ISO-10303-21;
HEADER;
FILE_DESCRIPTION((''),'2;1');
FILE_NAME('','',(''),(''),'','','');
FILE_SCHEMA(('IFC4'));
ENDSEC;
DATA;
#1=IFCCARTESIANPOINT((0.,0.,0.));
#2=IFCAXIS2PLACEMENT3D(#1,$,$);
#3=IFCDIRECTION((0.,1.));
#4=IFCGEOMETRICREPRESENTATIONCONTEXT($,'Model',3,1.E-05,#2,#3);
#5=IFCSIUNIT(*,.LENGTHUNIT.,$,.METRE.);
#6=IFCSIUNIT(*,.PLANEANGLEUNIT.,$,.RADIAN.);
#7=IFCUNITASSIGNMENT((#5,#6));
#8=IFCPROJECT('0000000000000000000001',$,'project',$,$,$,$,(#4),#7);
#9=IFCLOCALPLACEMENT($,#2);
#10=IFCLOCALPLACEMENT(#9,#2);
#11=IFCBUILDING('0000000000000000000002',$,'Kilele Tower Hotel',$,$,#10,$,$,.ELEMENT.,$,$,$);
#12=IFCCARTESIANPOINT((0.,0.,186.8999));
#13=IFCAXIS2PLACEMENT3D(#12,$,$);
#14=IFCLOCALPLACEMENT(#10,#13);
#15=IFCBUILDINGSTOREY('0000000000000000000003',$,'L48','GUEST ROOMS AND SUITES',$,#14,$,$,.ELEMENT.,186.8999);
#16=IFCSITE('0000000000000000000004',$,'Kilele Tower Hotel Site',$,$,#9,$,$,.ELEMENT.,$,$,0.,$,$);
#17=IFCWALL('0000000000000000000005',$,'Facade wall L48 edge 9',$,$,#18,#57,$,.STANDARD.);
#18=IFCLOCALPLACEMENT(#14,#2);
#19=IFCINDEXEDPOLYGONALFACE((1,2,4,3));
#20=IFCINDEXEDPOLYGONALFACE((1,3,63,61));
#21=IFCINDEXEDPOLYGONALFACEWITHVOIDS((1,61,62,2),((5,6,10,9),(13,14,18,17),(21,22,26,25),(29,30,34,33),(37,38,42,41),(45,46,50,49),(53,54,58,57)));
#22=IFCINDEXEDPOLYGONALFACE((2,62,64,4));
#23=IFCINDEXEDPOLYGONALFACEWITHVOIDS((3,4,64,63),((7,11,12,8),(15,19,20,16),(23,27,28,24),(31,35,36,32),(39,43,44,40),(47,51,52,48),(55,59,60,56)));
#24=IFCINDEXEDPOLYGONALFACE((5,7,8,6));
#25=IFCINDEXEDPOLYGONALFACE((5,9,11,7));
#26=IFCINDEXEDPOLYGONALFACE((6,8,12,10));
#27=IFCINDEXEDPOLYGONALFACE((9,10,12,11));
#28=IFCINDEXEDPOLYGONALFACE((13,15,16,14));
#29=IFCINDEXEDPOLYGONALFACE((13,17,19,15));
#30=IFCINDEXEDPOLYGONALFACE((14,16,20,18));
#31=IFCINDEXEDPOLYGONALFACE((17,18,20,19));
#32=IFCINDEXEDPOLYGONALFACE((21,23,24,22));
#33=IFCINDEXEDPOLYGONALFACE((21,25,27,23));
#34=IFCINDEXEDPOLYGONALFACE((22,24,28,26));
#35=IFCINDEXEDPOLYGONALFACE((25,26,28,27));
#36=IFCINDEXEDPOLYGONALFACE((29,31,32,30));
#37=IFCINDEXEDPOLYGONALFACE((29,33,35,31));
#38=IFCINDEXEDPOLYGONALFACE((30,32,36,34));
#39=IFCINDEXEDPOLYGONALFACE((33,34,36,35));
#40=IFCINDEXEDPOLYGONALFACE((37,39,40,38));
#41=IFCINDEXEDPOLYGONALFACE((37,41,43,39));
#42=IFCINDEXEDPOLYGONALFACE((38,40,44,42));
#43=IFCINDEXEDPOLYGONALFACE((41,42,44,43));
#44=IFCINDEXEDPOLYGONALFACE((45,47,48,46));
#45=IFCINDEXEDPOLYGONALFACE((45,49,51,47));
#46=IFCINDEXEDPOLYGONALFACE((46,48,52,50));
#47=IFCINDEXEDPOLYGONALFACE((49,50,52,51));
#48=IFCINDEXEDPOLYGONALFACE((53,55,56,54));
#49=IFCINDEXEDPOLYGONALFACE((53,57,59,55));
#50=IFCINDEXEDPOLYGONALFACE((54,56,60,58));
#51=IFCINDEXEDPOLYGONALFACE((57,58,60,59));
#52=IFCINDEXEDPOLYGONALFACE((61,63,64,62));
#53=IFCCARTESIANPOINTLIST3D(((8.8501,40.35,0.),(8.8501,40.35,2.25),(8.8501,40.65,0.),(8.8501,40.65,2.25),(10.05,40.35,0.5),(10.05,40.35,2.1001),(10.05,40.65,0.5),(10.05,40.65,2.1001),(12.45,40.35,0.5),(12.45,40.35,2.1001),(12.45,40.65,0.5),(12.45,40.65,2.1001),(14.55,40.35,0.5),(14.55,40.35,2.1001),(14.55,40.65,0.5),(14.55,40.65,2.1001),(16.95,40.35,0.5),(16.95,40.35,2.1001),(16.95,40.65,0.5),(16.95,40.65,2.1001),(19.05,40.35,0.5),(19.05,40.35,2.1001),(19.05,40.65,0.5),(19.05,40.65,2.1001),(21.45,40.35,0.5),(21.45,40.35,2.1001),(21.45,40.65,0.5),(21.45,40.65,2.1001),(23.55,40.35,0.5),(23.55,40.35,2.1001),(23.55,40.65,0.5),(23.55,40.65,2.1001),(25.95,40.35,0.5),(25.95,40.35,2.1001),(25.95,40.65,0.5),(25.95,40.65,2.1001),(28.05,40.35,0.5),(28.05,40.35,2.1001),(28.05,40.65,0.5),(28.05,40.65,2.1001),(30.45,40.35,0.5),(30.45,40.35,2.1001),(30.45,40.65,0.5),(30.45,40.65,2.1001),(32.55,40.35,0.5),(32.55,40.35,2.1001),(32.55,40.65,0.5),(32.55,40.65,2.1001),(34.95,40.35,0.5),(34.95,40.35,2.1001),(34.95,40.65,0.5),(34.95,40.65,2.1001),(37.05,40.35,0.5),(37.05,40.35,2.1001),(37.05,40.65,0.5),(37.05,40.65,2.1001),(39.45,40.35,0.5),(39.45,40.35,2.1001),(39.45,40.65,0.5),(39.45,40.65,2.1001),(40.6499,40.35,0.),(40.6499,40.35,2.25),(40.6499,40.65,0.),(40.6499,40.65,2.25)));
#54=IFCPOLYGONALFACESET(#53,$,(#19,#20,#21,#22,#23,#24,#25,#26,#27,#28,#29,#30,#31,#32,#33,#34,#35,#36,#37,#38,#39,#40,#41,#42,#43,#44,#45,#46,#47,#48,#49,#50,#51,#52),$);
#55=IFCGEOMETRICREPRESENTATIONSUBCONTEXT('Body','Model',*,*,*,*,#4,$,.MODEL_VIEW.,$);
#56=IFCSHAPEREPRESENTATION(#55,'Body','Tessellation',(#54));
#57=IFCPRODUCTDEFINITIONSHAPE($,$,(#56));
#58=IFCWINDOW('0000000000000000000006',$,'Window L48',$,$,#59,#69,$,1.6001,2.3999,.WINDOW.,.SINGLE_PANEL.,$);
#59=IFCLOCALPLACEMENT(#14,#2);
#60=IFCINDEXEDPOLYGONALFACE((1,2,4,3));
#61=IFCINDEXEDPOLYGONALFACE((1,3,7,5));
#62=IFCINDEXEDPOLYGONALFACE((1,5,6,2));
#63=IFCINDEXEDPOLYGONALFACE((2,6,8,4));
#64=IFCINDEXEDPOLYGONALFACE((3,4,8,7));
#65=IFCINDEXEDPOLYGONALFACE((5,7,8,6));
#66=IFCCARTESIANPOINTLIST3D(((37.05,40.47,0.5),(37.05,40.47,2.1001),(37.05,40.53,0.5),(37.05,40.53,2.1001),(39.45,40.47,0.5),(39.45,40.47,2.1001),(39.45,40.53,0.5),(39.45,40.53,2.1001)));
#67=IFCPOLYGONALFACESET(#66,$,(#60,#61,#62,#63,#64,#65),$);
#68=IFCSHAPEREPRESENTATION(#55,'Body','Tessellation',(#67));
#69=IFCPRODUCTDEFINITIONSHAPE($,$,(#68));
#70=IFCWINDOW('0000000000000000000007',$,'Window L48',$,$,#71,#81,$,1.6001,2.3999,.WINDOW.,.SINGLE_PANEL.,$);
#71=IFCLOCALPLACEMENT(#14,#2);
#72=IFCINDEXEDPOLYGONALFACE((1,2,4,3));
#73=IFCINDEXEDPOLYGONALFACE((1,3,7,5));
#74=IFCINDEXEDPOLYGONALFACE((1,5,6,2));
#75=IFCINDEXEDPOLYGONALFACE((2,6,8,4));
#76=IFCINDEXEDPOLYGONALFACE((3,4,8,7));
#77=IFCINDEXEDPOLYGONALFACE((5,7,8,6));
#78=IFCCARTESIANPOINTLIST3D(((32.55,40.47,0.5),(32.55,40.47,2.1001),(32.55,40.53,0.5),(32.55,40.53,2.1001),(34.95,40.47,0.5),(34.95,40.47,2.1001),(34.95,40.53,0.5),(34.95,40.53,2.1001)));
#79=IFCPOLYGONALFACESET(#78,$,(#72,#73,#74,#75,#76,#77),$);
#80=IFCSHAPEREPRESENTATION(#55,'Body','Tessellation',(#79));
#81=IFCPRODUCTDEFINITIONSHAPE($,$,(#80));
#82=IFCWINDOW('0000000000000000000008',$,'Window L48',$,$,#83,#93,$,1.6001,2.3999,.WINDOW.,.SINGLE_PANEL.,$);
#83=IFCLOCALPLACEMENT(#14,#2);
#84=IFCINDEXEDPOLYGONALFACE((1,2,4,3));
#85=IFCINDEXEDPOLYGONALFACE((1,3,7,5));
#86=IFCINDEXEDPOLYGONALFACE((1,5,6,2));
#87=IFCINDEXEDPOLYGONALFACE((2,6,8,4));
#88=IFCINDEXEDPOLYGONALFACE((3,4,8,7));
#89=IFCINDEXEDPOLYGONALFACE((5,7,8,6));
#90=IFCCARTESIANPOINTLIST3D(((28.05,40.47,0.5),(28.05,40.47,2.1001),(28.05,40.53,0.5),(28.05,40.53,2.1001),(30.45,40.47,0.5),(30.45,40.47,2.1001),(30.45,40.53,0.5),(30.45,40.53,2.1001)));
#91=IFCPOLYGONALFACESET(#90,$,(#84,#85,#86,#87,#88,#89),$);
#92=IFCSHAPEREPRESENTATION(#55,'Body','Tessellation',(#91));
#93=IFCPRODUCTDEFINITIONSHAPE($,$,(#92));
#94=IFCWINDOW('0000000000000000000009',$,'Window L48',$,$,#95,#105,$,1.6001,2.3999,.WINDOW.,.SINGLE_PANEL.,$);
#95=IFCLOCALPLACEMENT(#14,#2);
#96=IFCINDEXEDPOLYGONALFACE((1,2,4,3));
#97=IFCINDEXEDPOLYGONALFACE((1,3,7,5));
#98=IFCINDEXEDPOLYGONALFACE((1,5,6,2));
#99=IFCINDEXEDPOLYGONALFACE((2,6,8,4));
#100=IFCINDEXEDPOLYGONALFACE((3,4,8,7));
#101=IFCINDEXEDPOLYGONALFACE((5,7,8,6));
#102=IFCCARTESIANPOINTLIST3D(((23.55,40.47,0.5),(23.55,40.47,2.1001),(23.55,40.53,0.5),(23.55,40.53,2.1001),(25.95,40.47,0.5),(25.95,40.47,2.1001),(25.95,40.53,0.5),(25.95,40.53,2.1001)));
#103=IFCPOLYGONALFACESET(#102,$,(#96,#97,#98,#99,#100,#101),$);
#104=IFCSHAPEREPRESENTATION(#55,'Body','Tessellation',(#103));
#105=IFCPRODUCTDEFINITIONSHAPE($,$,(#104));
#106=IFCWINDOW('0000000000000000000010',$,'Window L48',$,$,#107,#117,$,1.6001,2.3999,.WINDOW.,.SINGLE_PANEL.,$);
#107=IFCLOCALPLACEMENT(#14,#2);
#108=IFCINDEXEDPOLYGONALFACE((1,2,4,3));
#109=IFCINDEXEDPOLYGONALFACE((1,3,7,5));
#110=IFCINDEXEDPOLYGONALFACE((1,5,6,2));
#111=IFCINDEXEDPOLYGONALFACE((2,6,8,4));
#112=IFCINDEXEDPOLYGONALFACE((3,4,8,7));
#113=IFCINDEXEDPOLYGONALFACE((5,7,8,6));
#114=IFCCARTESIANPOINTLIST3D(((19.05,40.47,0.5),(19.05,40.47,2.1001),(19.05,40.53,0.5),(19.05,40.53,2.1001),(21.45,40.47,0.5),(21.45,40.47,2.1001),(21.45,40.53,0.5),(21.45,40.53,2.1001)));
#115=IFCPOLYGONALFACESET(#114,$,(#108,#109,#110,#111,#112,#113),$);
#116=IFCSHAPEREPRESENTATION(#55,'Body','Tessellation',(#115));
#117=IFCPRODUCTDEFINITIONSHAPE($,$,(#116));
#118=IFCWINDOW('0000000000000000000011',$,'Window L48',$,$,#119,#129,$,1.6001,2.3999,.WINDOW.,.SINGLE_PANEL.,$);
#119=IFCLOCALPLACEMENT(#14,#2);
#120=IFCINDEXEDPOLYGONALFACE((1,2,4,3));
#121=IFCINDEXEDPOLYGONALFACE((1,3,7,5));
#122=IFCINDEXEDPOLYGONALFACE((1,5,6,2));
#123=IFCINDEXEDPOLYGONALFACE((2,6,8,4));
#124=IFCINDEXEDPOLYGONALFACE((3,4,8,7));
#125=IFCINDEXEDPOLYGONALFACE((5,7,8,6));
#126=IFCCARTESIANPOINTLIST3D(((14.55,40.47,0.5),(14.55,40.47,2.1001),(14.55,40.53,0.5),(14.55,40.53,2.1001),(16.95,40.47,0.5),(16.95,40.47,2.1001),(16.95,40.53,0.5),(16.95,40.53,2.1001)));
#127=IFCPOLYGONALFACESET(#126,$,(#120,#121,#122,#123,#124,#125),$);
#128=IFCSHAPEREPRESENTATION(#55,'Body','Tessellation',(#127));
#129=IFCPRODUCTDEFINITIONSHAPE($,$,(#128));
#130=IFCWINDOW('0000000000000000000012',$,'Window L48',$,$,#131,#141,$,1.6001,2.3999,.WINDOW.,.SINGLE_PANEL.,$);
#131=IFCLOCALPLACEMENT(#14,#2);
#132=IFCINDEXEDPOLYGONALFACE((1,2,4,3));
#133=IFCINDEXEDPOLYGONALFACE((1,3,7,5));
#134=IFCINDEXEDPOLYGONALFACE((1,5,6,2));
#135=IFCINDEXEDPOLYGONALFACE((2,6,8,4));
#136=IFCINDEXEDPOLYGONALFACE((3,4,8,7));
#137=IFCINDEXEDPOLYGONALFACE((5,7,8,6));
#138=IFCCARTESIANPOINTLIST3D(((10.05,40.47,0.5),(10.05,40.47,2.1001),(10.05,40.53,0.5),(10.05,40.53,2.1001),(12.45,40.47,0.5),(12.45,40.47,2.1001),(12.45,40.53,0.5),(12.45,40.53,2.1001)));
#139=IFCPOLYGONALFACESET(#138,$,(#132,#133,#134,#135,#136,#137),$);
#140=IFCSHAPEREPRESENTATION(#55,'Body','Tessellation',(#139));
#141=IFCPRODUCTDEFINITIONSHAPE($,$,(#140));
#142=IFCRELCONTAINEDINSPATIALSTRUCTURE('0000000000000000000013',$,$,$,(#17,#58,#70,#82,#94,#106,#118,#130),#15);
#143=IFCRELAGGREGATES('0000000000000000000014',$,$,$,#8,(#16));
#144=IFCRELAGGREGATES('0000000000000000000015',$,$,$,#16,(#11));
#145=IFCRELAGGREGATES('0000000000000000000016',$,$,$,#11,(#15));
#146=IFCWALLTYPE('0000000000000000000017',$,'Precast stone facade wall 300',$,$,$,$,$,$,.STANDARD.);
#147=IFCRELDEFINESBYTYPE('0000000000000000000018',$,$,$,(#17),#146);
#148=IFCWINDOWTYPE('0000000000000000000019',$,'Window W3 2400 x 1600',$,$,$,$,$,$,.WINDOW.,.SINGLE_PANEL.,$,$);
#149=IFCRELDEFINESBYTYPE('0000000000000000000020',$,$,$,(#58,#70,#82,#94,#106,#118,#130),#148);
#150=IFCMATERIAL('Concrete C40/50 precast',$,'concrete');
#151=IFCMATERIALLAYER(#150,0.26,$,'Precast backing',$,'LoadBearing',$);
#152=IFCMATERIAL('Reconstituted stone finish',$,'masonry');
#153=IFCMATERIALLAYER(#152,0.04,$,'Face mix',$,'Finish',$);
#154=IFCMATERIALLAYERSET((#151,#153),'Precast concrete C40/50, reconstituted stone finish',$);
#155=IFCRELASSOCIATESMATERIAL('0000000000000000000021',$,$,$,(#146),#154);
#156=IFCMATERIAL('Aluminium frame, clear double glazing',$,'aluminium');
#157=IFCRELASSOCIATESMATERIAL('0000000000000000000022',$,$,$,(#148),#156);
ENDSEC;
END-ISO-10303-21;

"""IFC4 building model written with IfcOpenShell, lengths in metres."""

from ifc_helpers import new_model, si_unit, direction, frame, frame_2d, origin, place, context, subcontext, project, spatial, rectangle, extrude, material, layer, layer_set, type_object, element, fill, save


model = new_model("IFC4")

# Units and contexts
model_context = context("Model", 3, precision=1e-05, world=origin(), true_north=direction((0.0, 1.0)))
body_context = subcontext(model_context, "Body", "Model", "MODEL_VIEW")
ifc_project = project(units=[si_unit("LENGTHUNIT", "METRE"), si_unit("PLANEANGLEUNIT", "RADIAN")], contexts=[model_context])

# Site, building, storey
site_placement = place(None, origin())
site = spatial("IfcSite", under=ifc_project, at=site_placement, Name="Kilele Tower Hotel Site", CompositionType="ELEMENT", RefElevation=0.0)
building_placement = place(site_placement, origin())
building = spatial("IfcBuilding", under=site, at=building_placement, Name="Kilele Tower Hotel", CompositionType="ELEMENT")
storey_placement = place(building_placement, frame((0.0, 0.0, 186.8999)))
storey = spatial("IfcBuildingStorey", under=building, at=storey_placement, Name="L48", Description="GUEST ROOMS AND SUITES", CompositionType="ELEMENT", Elevation=186.8999)

# Shared definitions
ifc_material_1 = material(Name="Concrete C40/50 precast", Category="concrete")
ifc_layer_1 = layer(ifc_material_1, 0.26, Name="Precast backing", Category="LoadBearing")
ifc_material_2 = material(Name="Reconstituted stone finish", Category="masonry")
ifc_layer_2 = layer(ifc_material_2, 0.04, Name="Face mix", Category="Finish")
ifc_layer_set_1 = layer_set([ifc_layer_1, ifc_layer_2], Name="Precast concrete C40/50, reconstituted stone finish")
wall_type_1 = type_object("IfcWallType", Name="Precast stone facade wall 300", PredefinedType="STANDARD", material=ifc_layer_set_1)
ifc_material_3 = material(Name="Aluminium frame, clear double glazing", Category="aluminium")
window_type = type_object("IfcWindowType", Name="Window W3 2400 x 1600", PartitioningType="SINGLE_PANEL", PredefinedType="WINDOW", material=ifc_material_3)

# Wall, openings, windows
wall_1_placement = place(storey_placement, frame((40.6499, 40.5, 0.0), z_axis=(0.0, 0.0, 1.0), x_axis=(-1.0, 0.0, 0.0)))
wall_1 = element("IfcWall", 1, at=wall_1_placement, inside=storey, type_object=wall_type_1, Name="Facade wall L48 edge 9", PredefinedType="STANDARD", context=body_context, shape_type="SweptSolid", body=[
    extrude(rectangle(XDim=31.7998, YDim=0.3, at=frame_2d((15.8999, 0.0))), origin(), (0.0, 0.0, 1.0), 2.25),
])
opening_1_placement = place(wall_1_placement, frame((1.2, 0.0, 0.5)))
opening_1 = element("IfcOpeningElement", 2, at=opening_1_placement, cuts=wall_1, PredefinedType="OPENING", context=body_context, shape_type="SweptSolid", body=[
    extrude(rectangle(XDim=2.3999, YDim=1.6001, at=frame_2d((1.2, 0.8))), frame((0.0, 0.1599, 0.0), z_axis=(0.0, -1.0, 0.0), x_axis=(1.0, 0.0, 0.0)), (0.0, 0.0, 1.0), 0.3201),
])
opening_2_placement = place(wall_1_placement, frame((5.7, 0.0, 0.5)))
opening_2 = element("IfcOpeningElement", 3, at=opening_2_placement, cuts=wall_1, PredefinedType="OPENING", context=body_context, shape_type="SweptSolid", body=[
    extrude(rectangle(XDim=2.3999, YDim=1.6001, at=frame_2d((1.2, 0.8))), frame((0.0, 0.1599, 0.0), z_axis=(0.0, -1.0, 0.0), x_axis=(1.0, 0.0, 0.0)), (0.0, 0.0, 1.0), 0.3201),
])
opening_3_placement = place(wall_1_placement, frame((10.2, 0.0, 0.5)))
opening_3 = element("IfcOpeningElement", 4, at=opening_3_placement, cuts=wall_1, PredefinedType="OPENING", context=body_context, shape_type="SweptSolid", body=[
    extrude(rectangle(XDim=2.3999, YDim=1.6001, at=frame_2d((1.2, 0.8))), frame((0.0, 0.1599, 0.0), z_axis=(0.0, -1.0, 0.0), x_axis=(1.0, 0.0, 0.0)), (0.0, 0.0, 1.0), 0.3201),
])
opening_4_placement = place(wall_1_placement, frame((14.7, 0.0, 0.5)))
opening_4 = element("IfcOpeningElement", 5, at=opening_4_placement, cuts=wall_1, PredefinedType="OPENING", context=body_context, shape_type="SweptSolid", body=[
    extrude(rectangle(XDim=2.3999, YDim=1.6001, at=frame_2d((1.2, 0.8))), frame((0.0, 0.1599, 0.0), z_axis=(0.0, -1.0, 0.0), x_axis=(1.0, 0.0, 0.0)), (0.0, 0.0, 1.0), 0.3201),
])
opening_5_placement = place(wall_1_placement, frame((19.2, 0.0, 0.5)))
opening_5 = element("IfcOpeningElement", 6, at=opening_5_placement, cuts=wall_1, PredefinedType="OPENING", context=body_context, shape_type="SweptSolid", body=[
    extrude(rectangle(XDim=2.3999, YDim=1.6001, at=frame_2d((1.2, 0.8))), frame((0.0, 0.1599, 0.0), z_axis=(0.0, -1.0, 0.0), x_axis=(1.0, 0.0, 0.0)), (0.0, 0.0, 1.0), 0.3201),
])
opening_6_placement = place(wall_1_placement, frame((23.7, 0.0, 0.5)))
opening_6 = element("IfcOpeningElement", 7, at=opening_6_placement, cuts=wall_1, PredefinedType="OPENING", context=body_context, shape_type="SweptSolid", body=[
    extrude(rectangle(XDim=2.3999, YDim=1.6001, at=frame_2d((1.2, 0.8))), frame((0.0, 0.1599, 0.0), z_axis=(0.0, -1.0, 0.0), x_axis=(1.0, 0.0, 0.0)), (0.0, 0.0, 1.0), 0.3201),
])
opening_7_placement = place(wall_1_placement, frame((28.2, 0.0, 0.5)))
opening_7 = element("IfcOpeningElement", 8, at=opening_7_placement, cuts=wall_1, PredefinedType="OPENING", context=body_context, shape_type="SweptSolid", body=[
    extrude(rectangle(XDim=2.3999, YDim=1.6001, at=frame_2d((1.2, 0.8))), frame((0.0, 0.1599, 0.0), z_axis=(0.0, -1.0, 0.0), x_axis=(1.0, 0.0, 0.0)), (0.0, 0.0, 1.0), 0.3201),
])
window_1_placement = place(opening_1_placement, origin())
window_1 = element("IfcWindow", 9, at=window_1_placement, inside=storey, type_object=window_type, Name="Window L48", OverallHeight=1.6001, OverallWidth=2.3999, PartitioningType="SINGLE_PANEL", PredefinedType="WINDOW", context=body_context, shape_type="SweptSolid", body=[
    extrude(rectangle(XDim=2.3999, YDim=1.6001, at=frame_2d((1.2, 0.8))), frame((0.0, 0.03, 0.0), z_axis=(0.0, -1.0, 0.0), x_axis=(1.0, 0.0, 0.0)), (0.0, 0.0, 1.0), 0.0601),
])
fill(opening_1, window_1)
window_2_placement = place(opening_2_placement, origin())
window_2 = element("IfcWindow", 10, at=window_2_placement, inside=storey, type_object=window_type, Name="Window L48", OverallHeight=1.6001, OverallWidth=2.3999, PartitioningType="SINGLE_PANEL", PredefinedType="WINDOW", context=body_context, shape_type="SweptSolid", body=[
    extrude(rectangle(XDim=2.3999, YDim=1.6001, at=frame_2d((1.2, 0.8))), frame((0.0, 0.03, 0.0), z_axis=(0.0, -1.0, 0.0), x_axis=(1.0, 0.0, 0.0)), (0.0, 0.0, 1.0), 0.0601),
])
fill(opening_2, window_2)
window_3_placement = place(opening_3_placement, origin())
window_3 = element("IfcWindow", 11, at=window_3_placement, inside=storey, type_object=window_type, Name="Window L48", OverallHeight=1.6001, OverallWidth=2.3999, PartitioningType="SINGLE_PANEL", PredefinedType="WINDOW", context=body_context, shape_type="SweptSolid", body=[
    extrude(rectangle(XDim=2.3999, YDim=1.6001, at=frame_2d((1.2, 0.8))), frame((0.0, 0.03, 0.0), z_axis=(0.0, -1.0, 0.0), x_axis=(1.0, 0.0, 0.0)), (0.0, 0.0, 1.0), 0.0601),
])
fill(opening_3, window_3)
window_4_placement = place(opening_4_placement, origin())
window_4 = element("IfcWindow", 12, at=window_4_placement, inside=storey, type_object=window_type, Name="Window L48", OverallHeight=1.6001, OverallWidth=2.3999, PartitioningType="SINGLE_PANEL", PredefinedType="WINDOW", context=body_context, shape_type="SweptSolid", body=[
    extrude(rectangle(XDim=2.3999, YDim=1.6001, at=frame_2d((1.2, 0.8))), frame((0.0, 0.03, 0.0), z_axis=(0.0, -1.0, 0.0), x_axis=(1.0, 0.0, 0.0)), (0.0, 0.0, 1.0), 0.0601),
])
fill(opening_4, window_4)
window_5_placement = place(opening_5_placement, origin())
window_5 = element("IfcWindow", 13, at=window_5_placement, inside=storey, type_object=window_type, Name="Window L48", OverallHeight=1.6001, OverallWidth=2.3999, PartitioningType="SINGLE_PANEL", PredefinedType="WINDOW", context=body_context, shape_type="SweptSolid", body=[
    extrude(rectangle(XDim=2.3999, YDim=1.6001, at=frame_2d((1.2, 0.8))), frame((0.0, 0.03, 0.0), z_axis=(0.0, -1.0, 0.0), x_axis=(1.0, 0.0, 0.0)), (0.0, 0.0, 1.0), 0.0601),
])
fill(opening_5, window_5)
window_6_placement = place(opening_6_placement, origin())
window_6 = element("IfcWindow", 14, at=window_6_placement, inside=storey, type_object=window_type, Name="Window L48", OverallHeight=1.6001, OverallWidth=2.3999, PartitioningType="SINGLE_PANEL", PredefinedType="WINDOW", context=body_context, shape_type="SweptSolid", body=[
    extrude(rectangle(XDim=2.3999, YDim=1.6001, at=frame_2d((1.2, 0.8))), frame((0.0, 0.03, 0.0), z_axis=(0.0, -1.0, 0.0), x_axis=(1.0, 0.0, 0.0)), (0.0, 0.0, 1.0), 0.0601),
])
fill(opening_6, window_6)
window_7_placement = place(opening_7_placement, origin())
window_7 = element("IfcWindow", 15, at=window_7_placement, inside=storey, type_object=window_type, Name="Window L48", OverallHeight=1.6001, OverallWidth=2.3999, PartitioningType="SINGLE_PANEL", PredefinedType="WINDOW", context=body_context, shape_type="SweptSolid", body=[
    extrude(rectangle(XDim=2.3999, YDim=1.6001, at=frame_2d((1.2, 0.8))), frame((0.0, 0.03, 0.0), z_axis=(0.0, -1.0, 0.0), x_axis=(1.0, 0.0, 0.0)), (0.0, 0.0, 1.0), 0.0601),
])
fill(opening_7, window_7)

save(model, "model.ifc")
